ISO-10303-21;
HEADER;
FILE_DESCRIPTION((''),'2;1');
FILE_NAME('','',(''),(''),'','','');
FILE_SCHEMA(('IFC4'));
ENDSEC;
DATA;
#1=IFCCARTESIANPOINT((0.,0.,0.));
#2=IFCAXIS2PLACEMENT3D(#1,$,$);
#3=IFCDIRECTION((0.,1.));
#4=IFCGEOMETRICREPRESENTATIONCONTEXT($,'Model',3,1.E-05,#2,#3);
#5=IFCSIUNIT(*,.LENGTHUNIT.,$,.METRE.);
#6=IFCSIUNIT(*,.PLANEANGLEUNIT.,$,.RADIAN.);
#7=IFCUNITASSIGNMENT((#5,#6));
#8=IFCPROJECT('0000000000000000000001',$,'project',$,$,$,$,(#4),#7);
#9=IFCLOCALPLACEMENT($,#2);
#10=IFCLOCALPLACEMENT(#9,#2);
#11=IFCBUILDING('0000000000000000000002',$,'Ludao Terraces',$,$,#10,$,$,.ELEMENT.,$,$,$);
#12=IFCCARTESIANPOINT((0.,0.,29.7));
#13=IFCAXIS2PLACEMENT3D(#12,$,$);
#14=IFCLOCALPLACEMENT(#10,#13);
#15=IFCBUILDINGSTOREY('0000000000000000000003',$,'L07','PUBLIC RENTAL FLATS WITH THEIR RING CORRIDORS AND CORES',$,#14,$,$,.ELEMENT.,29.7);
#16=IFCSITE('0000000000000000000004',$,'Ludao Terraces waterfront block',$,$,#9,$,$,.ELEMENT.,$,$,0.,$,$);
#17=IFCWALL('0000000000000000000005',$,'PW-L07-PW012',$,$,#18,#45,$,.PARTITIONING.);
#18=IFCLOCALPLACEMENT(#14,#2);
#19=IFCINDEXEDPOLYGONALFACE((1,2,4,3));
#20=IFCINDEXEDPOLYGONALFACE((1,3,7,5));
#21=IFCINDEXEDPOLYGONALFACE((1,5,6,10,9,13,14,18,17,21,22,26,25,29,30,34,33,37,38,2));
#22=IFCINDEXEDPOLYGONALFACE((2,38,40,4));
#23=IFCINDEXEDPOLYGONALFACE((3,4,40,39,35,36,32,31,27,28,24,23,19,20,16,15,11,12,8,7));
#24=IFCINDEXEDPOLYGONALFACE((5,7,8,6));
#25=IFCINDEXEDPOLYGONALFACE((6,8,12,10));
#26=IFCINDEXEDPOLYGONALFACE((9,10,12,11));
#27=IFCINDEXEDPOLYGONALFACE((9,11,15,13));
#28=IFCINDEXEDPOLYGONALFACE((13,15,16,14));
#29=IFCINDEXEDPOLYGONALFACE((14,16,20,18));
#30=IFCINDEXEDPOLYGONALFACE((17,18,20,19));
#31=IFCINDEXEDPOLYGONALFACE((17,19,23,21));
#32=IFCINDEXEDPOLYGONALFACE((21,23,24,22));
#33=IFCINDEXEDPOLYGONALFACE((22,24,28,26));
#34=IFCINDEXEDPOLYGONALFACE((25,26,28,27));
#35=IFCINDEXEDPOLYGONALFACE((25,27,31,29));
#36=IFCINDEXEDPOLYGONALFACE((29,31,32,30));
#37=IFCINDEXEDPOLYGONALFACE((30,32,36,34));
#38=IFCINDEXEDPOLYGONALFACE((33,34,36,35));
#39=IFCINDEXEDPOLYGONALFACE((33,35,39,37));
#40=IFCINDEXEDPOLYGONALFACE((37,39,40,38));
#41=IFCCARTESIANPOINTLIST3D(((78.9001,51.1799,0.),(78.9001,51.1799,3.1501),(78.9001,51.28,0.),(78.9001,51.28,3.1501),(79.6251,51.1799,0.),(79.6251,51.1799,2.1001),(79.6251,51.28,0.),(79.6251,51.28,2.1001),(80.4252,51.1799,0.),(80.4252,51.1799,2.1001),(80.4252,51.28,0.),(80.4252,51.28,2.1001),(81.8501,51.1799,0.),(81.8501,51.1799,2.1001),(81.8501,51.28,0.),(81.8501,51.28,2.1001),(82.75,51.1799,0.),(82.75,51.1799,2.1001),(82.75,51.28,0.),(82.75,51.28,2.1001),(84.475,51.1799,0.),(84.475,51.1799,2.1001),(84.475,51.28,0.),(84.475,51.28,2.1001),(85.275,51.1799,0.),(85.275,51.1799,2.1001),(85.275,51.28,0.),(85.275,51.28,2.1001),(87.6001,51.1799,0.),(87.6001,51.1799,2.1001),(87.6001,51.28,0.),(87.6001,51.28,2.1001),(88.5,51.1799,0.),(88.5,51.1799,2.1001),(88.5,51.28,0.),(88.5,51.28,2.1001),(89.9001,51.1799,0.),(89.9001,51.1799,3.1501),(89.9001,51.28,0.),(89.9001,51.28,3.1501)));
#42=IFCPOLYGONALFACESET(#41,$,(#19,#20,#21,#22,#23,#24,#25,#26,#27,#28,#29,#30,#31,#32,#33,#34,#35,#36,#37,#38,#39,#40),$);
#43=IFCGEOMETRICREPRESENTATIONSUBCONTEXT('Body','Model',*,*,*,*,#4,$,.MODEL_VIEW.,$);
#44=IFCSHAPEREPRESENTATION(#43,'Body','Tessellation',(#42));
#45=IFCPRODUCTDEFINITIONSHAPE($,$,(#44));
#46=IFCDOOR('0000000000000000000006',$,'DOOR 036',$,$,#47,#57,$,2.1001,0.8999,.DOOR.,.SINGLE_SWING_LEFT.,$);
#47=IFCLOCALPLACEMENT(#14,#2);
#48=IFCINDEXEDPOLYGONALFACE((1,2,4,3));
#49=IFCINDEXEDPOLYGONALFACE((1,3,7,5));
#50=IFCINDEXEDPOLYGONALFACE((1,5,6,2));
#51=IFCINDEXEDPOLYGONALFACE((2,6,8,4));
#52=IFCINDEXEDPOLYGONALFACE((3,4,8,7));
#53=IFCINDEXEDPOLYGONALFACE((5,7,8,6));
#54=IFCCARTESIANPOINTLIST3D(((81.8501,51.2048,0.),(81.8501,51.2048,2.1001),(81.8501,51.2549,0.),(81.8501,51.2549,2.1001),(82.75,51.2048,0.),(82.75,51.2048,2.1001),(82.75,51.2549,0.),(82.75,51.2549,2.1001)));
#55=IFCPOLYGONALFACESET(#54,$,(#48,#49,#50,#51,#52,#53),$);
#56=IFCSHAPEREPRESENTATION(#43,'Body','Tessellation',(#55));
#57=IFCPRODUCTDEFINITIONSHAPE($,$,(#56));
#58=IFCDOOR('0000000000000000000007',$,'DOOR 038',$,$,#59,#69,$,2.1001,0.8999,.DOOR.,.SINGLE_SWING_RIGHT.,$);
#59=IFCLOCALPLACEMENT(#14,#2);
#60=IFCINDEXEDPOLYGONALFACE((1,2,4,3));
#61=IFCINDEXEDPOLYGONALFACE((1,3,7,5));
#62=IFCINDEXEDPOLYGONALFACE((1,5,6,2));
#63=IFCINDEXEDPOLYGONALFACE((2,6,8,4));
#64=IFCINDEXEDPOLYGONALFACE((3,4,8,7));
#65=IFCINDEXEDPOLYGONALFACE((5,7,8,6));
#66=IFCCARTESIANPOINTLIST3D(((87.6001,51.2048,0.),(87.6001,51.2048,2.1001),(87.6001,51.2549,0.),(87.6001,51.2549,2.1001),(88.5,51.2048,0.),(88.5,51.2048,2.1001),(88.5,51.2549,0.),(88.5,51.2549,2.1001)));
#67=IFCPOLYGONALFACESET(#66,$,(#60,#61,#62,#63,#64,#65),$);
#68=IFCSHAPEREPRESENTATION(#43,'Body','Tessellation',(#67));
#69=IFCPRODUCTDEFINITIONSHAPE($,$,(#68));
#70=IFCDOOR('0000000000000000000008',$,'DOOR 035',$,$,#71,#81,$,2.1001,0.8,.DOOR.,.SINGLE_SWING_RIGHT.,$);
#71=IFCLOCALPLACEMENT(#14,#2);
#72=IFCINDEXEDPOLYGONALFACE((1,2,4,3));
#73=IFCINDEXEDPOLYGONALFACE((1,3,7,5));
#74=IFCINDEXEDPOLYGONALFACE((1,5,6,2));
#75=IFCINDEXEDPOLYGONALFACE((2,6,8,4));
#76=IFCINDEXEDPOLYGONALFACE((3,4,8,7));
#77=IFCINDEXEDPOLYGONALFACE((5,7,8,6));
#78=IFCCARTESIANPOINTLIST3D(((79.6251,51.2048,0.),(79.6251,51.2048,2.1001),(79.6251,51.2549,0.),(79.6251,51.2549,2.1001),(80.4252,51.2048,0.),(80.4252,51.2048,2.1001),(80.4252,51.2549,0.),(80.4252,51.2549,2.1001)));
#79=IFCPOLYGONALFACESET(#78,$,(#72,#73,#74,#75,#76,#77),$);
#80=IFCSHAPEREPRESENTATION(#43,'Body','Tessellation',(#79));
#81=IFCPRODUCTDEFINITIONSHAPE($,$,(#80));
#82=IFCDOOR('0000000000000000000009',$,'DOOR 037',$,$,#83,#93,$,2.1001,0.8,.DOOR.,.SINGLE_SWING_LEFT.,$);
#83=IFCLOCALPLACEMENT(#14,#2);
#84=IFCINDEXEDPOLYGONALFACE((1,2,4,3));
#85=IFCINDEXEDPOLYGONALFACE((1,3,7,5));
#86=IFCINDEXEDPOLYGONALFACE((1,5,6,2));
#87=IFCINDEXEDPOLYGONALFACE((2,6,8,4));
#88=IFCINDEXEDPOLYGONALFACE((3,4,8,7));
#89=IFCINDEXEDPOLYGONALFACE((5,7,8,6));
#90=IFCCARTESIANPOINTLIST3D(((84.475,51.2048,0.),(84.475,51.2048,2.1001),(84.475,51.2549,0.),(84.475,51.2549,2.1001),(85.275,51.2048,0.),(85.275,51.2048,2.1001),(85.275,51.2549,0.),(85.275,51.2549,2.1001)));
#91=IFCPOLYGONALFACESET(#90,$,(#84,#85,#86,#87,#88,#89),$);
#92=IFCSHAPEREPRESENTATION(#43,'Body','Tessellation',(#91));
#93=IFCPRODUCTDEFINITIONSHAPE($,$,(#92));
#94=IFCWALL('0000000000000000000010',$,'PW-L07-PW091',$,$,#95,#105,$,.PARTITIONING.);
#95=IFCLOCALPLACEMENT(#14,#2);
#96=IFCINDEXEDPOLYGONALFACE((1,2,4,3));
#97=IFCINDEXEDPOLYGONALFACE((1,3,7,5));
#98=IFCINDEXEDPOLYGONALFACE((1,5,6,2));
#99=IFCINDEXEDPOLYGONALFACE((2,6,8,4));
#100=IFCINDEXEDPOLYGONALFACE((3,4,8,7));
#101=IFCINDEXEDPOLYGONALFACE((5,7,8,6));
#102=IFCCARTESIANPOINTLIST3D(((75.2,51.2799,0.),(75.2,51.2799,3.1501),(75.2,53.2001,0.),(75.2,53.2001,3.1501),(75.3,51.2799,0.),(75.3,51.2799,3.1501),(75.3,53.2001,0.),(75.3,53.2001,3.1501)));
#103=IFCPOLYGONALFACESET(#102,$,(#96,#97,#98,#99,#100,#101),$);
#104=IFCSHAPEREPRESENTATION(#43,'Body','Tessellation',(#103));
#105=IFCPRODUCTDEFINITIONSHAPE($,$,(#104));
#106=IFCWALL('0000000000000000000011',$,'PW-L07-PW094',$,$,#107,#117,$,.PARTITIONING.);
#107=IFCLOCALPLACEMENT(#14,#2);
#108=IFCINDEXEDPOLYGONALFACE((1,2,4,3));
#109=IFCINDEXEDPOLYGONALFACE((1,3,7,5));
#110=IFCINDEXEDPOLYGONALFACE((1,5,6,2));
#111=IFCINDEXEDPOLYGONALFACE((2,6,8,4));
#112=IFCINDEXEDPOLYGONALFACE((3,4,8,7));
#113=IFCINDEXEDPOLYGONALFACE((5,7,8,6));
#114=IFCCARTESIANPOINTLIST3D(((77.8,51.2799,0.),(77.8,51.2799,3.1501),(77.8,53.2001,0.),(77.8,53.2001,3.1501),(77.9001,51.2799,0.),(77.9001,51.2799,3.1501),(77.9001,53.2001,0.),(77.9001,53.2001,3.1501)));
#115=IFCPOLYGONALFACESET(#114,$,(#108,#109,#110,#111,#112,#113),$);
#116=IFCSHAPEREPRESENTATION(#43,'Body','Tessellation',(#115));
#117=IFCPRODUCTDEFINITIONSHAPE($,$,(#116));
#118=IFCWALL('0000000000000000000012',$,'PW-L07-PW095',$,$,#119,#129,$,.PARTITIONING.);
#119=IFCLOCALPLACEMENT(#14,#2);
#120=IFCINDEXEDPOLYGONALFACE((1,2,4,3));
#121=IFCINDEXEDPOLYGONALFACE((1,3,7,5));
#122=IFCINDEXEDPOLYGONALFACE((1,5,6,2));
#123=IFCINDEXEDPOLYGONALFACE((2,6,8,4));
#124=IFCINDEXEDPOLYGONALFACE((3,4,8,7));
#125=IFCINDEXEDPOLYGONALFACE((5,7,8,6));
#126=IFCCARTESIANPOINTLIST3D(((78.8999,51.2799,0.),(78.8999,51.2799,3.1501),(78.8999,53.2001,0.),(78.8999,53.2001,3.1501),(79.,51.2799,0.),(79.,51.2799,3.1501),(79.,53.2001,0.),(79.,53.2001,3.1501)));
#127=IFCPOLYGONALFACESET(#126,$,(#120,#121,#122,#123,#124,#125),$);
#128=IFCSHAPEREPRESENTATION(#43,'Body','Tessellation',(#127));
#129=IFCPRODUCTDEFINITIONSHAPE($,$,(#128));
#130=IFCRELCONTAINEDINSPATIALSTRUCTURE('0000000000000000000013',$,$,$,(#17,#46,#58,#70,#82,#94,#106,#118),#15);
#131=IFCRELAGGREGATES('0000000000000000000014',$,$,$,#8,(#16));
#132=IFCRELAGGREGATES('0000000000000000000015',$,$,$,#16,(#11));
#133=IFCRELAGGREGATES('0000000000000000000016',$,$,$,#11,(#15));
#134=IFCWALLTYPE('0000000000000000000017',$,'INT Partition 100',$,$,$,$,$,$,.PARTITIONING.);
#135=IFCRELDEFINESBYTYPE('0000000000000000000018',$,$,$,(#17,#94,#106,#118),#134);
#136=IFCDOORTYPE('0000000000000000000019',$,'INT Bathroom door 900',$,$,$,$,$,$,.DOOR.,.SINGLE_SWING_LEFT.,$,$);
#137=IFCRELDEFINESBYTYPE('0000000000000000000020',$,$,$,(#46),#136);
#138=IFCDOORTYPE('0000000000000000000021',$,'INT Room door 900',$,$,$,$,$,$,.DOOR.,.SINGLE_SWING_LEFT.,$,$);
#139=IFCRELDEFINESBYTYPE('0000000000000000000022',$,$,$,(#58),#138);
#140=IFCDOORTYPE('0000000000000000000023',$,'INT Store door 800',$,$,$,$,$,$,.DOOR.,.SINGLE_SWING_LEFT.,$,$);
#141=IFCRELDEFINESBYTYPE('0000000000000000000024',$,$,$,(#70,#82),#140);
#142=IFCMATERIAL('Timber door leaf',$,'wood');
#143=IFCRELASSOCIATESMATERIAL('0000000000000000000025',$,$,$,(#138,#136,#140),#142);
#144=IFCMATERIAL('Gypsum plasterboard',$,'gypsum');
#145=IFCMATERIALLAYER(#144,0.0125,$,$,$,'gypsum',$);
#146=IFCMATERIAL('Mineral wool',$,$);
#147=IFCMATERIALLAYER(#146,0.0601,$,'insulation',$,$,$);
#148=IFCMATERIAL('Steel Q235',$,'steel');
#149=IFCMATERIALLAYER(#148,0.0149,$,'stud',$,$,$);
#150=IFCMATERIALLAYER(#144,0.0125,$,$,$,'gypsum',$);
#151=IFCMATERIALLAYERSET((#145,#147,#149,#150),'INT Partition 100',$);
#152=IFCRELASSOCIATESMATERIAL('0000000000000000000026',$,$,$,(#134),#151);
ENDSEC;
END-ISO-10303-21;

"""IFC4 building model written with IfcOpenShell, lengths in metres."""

from ifc_helpers import new_model, si_unit, direction, frame, frame_2d, origin, place, context, subcontext, project, spatial, rectangle, extrude, material, layer, layer_set, type_object, element, fill, save


model = new_model("IFC4")

# Units and contexts
model_context = context("Model", 3, precision=1e-05, world=origin(), true_north=direction((0.0, 1.0)))
body_context = subcontext(model_context, "Body", "Model", "MODEL_VIEW")
ifc_project = project(units=[si_unit("LENGTHUNIT", "METRE"), si_unit("PLANEANGLEUNIT", "RADIAN")], contexts=[model_context])

# Site, building, storey
site_placement = place(None, origin())
site = spatial("IfcSite", under=ifc_project, at=site_placement, Name="Ludao Terraces waterfront block", CompositionType="ELEMENT", RefElevation=0.0)
building_placement = place(site_placement, origin())
building = spatial("IfcBuilding", under=site, at=building_placement, Name="Ludao Terraces", CompositionType="ELEMENT")
storey_placement = place(building_placement, frame((0.0, 0.0, 29.7)))
storey = spatial("IfcBuildingStorey", under=building, at=storey_placement, Name="L07", Description="PUBLIC RENTAL FLATS WITH THEIR RING CORRIDORS AND CORES", CompositionType="ELEMENT", Elevation=29.7)

# Wall, openings, doors
ifc_material_1 = material(Name="Steel Q235", Category="steel")
ifc_material_2 = material(Name="Timber door leaf", Category="wood")
door_type_1 = type_object("IfcDoorType", Name="INT Room door 900", OperationType="SINGLE_SWING_LEFT", PredefinedType="DOOR", material=ifc_material_2)
ifc_material_3 = material(Name="Gypsum plasterboard", Category="gypsum")
ifc_layer_1 = layer(ifc_material_3, 0.0125, Category="gypsum")
ifc_material_4 = material(Name="Mineral wool")
ifc_layer_2 = layer(ifc_material_4, 0.0601, Name="insulation")
ifc_layer_3 = layer(ifc_material_1, 0.0149, Name="stud")
ifc_layer_4 = layer(ifc_material_3, 0.0125, Category="gypsum")
ifc_layer_set_1 = layer_set([ifc_layer_1, ifc_layer_2, ifc_layer_3, ifc_layer_4], Name="INT Partition 100")
wall_type_1 = type_object("IfcWallType", Name="INT Partition 100", PredefinedType="PARTITIONING", material=ifc_layer_set_1)
wall_1_placement = place(storey_placement, frame((78.9001, 51.23, 0.0), z_axis=(0.0, 0.0, 1.0), x_axis=(1.0, 0.0, 0.0)))
wall_1 = element("IfcWall", 1, at=wall_1_placement, inside=storey, type_object=wall_type_1, Name="PW-L07-PW012", PredefinedType="PARTITIONING", context=body_context, shape_type="SweptSolid", body=[
    extrude(rectangle(XDim=11.0, YDim=0.1001, at=frame_2d((5.5, 0.0))), origin(), (0.0, 0.0, 1.0), 3.1501),
])
opening_1_placement = place(wall_1_placement, frame((0.7251, 0.0, 0.0)))
opening_1 = element("IfcOpeningElement", 2, at=opening_1_placement, cuts=wall_1, PredefinedType="OPENING", context=body_context, shape_type="SweptSolid", body=[
    extrude(rectangle(XDim=0.8, YDim=2.1001, at=frame_2d((0.3999, 1.05))), frame((0.0, 0.0601, 0.0), z_axis=(0.0, -1.0, 0.0), x_axis=(1.0, 0.0, 0.0)), (0.0, 0.0, 1.0), 0.1201),
])
opening_2_placement = place(wall_1_placement, frame((2.95, 0.0, 0.0)))
opening_2 = element("IfcOpeningElement", 3, at=opening_2_placement, cuts=wall_1, PredefinedType="OPENING", context=body_context, shape_type="SweptSolid", body=[
    extrude(rectangle(XDim=0.8999, YDim=2.1001, at=frame_2d((0.45, 1.05))), frame((0.0, 0.0601, 0.0), z_axis=(0.0, -1.0, 0.0), x_axis=(1.0, 0.0, 0.0)), (0.0, 0.0, 1.0), 0.1201),
])
opening_3_placement = place(wall_1_placement, frame((5.575, 0.0, 0.0)))
opening_3 = element("IfcOpeningElement", 4, at=opening_3_placement, cuts=wall_1, PredefinedType="OPENING", context=body_context, shape_type="SweptSolid", body=[
    extrude(rectangle(XDim=0.8, YDim=2.1001, at=frame_2d((0.3999, 1.05))), frame((0.0, 0.0601, 0.0), z_axis=(0.0, -1.0, 0.0), x_axis=(1.0, 0.0, 0.0)), (0.0, 0.0, 1.0), 0.1201),
])
opening_4_placement = place(wall_1_placement, frame((8.7, 0.0, 0.0)))
opening_4 = element("IfcOpeningElement", 5, at=opening_4_placement, cuts=wall_1, PredefinedType="OPENING", context=body_context, shape_type="SweptSolid", body=[
    extrude(rectangle(XDim=0.8999, YDim=2.1001, at=frame_2d((0.45, 1.05))), frame((0.0, 0.0601, 0.0), z_axis=(0.0, -1.0, 0.0), x_axis=(1.0, 0.0, 0.0)), (0.0, 0.0, 1.0), 0.1201),
])
door_type_2 = type_object("IfcDoorType", Name="INT Bathroom door 900", OperationType="SINGLE_SWING_LEFT", PredefinedType="DOOR", material=ifc_material_2)
door_1_placement = place(opening_2_placement, origin())
door_1 = element("IfcDoor", 6, at=door_1_placement, inside=storey, type_object=door_type_2, Name="DOOR 036", OperationType="SINGLE_SWING_LEFT", OverallHeight=2.1001, OverallWidth=0.8999, PredefinedType="DOOR", context=body_context, shape_type="SweptSolid", body=[
    extrude(rectangle(XDim=0.8999, YDim=2.1001, at=frame_2d((0.45, 1.05))), frame((0.0, 0.0249, 0.0), z_axis=(0.0, -1.0, 0.0), x_axis=(1.0, 0.0, 0.0)), (0.0, 0.0, 1.0), 0.05),
])
fill(opening_2, door_1)
door_2_placement = place(opening_4_placement, origin())
door_2 = element("IfcDoor", 7, at=door_2_placement, inside=storey, type_object=door_type_1, Name="DOOR 038", OperationType="SINGLE_SWING_RIGHT", OverallHeight=2.1001, OverallWidth=0.8999, PredefinedType="DOOR", context=body_context, shape_type="SweptSolid", body=[
    extrude(rectangle(XDim=0.8999, YDim=2.1001, at=frame_2d((0.45, 1.05))), frame((0.0, 0.0249, 0.0), z_axis=(0.0, -1.0, 0.0), x_axis=(1.0, 0.0, 0.0)), (0.0, 0.0, 1.0), 0.05),
])
fill(opening_4, door_2)
door_type_3 = type_object("IfcDoorType", Name="INT Store door 800", OperationType="SINGLE_SWING_LEFT", PredefinedType="DOOR", material=ifc_material_2)
door_3_placement = place(opening_1_placement, origin())
door_3 = element("IfcDoor", 8, at=door_3_placement, inside=storey, type_object=door_type_3, Name="DOOR 035", OperationType="SINGLE_SWING_RIGHT", OverallHeight=2.1001, OverallWidth=0.8, PredefinedType="DOOR", context=body_context, shape_type="SweptSolid", body=[
    extrude(rectangle(XDim=0.8, YDim=2.1001, at=frame_2d((0.3999, 1.05))), frame((0.0, 0.0249, 0.0), z_axis=(0.0, -1.0, 0.0), x_axis=(1.0, 0.0, 0.0)), (0.0, 0.0, 1.0), 0.05),
])
fill(opening_1, door_3)
door_4_placement = place(opening_3_placement, origin())
door_4 = element("IfcDoor", 9, at=door_4_placement, inside=storey, type_object=door_type_3, Name="DOOR 037", OperationType="SINGLE_SWING_LEFT", OverallHeight=2.1001, OverallWidth=0.8, PredefinedType="DOOR", context=body_context, shape_type="SweptSolid", body=[
    extrude(rectangle(XDim=0.8, YDim=2.1001, at=frame_2d((0.3999, 1.05))), frame((0.0, 0.0249, 0.0), z_axis=(0.0, -1.0, 0.0), x_axis=(1.0, 0.0, 0.0)), (0.0, 0.0, 1.0), 0.05),
])
fill(opening_3, door_4)

# Walls
for number, where, z_axis, x_axis, name in (
    (10, (75.25, 51.28, 0.0), (0.0, 0.0, 1.0), (0.0, 1.0, 0.0), "PW-L07-PW091"),
    (11, (77.8501, 51.28, 0.0), (0.0, 0.0, 1.0), (0.0, 1.0, 0.0), "PW-L07-PW094"),
    (12, (78.95, 51.28, 0.0), (0.0, 0.0, 1.0), (0.0, 1.0, 0.0), "PW-L07-PW095"),
):
    element("IfcWall", number, at=place(storey_placement, frame(where, z_axis=z_axis, x_axis=x_axis)), inside=storey, type_object=wall_type_1, Name=name, PredefinedType="PARTITIONING", context=body_context, shape_type="SweptSolid", body=[
        extrude(rectangle(XDim=1.9202, YDim=0.1001, at=frame_2d((0.96, 0.0))), origin(), (0.0, 0.0, 1.0), 3.1501),
    ])

save(model, "model.ifc")
